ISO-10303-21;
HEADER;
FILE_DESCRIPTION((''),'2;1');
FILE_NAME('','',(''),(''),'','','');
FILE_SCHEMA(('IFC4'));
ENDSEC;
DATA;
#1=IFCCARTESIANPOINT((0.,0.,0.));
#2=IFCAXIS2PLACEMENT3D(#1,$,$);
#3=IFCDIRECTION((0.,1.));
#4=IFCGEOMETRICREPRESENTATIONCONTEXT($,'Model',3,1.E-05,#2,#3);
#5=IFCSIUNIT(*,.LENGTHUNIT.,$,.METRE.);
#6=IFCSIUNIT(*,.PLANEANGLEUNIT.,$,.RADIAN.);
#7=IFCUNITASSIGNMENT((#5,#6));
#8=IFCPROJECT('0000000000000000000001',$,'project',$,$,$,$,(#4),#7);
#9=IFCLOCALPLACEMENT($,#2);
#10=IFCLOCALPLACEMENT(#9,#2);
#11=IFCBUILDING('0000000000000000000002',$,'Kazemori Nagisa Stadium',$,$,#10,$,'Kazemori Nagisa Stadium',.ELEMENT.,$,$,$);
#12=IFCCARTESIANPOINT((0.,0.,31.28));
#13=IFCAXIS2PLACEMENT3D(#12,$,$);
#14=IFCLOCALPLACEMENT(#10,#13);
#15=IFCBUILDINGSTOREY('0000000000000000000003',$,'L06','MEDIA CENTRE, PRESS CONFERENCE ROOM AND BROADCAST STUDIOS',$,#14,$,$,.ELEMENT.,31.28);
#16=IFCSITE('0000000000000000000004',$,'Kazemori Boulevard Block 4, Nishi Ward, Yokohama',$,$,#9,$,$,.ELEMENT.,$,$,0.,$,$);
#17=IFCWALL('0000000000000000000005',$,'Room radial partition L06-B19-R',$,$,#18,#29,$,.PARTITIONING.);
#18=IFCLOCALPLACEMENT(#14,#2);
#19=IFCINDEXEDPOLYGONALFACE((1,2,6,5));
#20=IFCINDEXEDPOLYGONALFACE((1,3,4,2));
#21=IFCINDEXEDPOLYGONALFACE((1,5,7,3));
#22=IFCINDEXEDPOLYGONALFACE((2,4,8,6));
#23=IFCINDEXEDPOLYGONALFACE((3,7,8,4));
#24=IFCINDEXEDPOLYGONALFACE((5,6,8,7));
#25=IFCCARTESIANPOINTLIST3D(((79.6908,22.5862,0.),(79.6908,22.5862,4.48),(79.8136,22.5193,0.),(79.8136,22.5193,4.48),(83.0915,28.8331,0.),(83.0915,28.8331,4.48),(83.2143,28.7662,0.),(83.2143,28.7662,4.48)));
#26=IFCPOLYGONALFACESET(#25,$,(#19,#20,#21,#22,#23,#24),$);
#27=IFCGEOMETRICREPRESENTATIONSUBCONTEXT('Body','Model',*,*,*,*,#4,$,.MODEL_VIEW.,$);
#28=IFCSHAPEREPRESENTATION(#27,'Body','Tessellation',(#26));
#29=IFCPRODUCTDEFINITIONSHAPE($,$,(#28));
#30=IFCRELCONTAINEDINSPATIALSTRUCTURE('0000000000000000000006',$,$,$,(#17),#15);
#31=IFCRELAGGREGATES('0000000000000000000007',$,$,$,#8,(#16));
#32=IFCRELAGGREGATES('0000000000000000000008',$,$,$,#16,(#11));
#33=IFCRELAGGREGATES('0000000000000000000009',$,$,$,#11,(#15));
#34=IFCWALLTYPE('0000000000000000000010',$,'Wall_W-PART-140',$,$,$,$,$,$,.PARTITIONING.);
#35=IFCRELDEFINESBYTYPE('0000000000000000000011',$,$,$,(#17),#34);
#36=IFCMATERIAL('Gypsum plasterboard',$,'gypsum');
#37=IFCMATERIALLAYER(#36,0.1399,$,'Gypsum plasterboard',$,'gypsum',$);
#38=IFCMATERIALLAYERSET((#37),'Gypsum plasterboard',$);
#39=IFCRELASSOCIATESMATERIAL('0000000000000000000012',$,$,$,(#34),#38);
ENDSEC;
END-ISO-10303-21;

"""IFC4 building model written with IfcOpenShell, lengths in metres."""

from ifc_helpers import new_model, si_unit, direction, frame, frame_2d, origin, place, context, subcontext, project, spatial, rectangle, extrude, material, layer, layer_set, type_object, element, save


model = new_model("IFC4")

# Units and contexts
model_context = context("Model", 3, precision=1e-05, world=origin(), true_north=direction((0.0, 1.0)))
body_context = subcontext(model_context, "Body", "Model", "MODEL_VIEW")
ifc_project = project(units=[si_unit("LENGTHUNIT", "METRE"), si_unit("PLANEANGLEUNIT", "RADIAN")], contexts=[model_context])

# Site, building, storey
site_placement = place(None, origin())
site = spatial("IfcSite", under=ifc_project, at=site_placement, Name="Kazemori Boulevard Block 4, Nishi Ward, Yokohama", CompositionType="ELEMENT", RefElevation=0.0)
building_placement = place(site_placement, origin())
building = spatial("IfcBuilding", under=site, at=building_placement, Name="Kazemori Nagisa Stadium", LongName="Kazemori Nagisa Stadium", CompositionType="ELEMENT")
storey_placement = place(building_placement, frame((0.0, 0.0, 31.28)))
storey = spatial("IfcBuildingStorey", under=building, at=storey_placement, Name="L06", Description="MEDIA CENTRE, PRESS CONFERENCE ROOM AND BROADCAST STUDIOS", CompositionType="ELEMENT", Elevation=31.28)

# Wall
ifc_material_1 = material(Name="Gypsum plasterboard", Category="gypsum")
ifc_layer_1 = layer(ifc_material_1, 0.1399, Name="Gypsum plasterboard", Category="gypsum")
ifc_layer_set_1 = layer_set([ifc_layer_1], Name="Gypsum plasterboard")
wall_type = type_object("IfcWallType", Name="Wall_W-PART-140", PredefinedType="PARTITIONING", material=ifc_layer_set_1)
wall_placement = place(storey_placement, frame((83.1528, 28.7996, 0.0), z_axis=(0.0, 0.0, 1.0), x_axis=(-0.478123, -0.878293, 0.0)))
element("IfcWall", 1, at=wall_placement, inside=storey, type_object=wall_type, Name="Room radial partition L06-B19-R", PredefinedType="PARTITIONING", context=body_context, shape_type="SweptSolid", body=[
    extrude(rectangle(XDim=7.1125, YDim=0.1399, at=frame_2d((3.5562, 0.0))), origin(), (0.0, 0.0, 1.0), 4.48),
])

save(model, "model.ifc")
